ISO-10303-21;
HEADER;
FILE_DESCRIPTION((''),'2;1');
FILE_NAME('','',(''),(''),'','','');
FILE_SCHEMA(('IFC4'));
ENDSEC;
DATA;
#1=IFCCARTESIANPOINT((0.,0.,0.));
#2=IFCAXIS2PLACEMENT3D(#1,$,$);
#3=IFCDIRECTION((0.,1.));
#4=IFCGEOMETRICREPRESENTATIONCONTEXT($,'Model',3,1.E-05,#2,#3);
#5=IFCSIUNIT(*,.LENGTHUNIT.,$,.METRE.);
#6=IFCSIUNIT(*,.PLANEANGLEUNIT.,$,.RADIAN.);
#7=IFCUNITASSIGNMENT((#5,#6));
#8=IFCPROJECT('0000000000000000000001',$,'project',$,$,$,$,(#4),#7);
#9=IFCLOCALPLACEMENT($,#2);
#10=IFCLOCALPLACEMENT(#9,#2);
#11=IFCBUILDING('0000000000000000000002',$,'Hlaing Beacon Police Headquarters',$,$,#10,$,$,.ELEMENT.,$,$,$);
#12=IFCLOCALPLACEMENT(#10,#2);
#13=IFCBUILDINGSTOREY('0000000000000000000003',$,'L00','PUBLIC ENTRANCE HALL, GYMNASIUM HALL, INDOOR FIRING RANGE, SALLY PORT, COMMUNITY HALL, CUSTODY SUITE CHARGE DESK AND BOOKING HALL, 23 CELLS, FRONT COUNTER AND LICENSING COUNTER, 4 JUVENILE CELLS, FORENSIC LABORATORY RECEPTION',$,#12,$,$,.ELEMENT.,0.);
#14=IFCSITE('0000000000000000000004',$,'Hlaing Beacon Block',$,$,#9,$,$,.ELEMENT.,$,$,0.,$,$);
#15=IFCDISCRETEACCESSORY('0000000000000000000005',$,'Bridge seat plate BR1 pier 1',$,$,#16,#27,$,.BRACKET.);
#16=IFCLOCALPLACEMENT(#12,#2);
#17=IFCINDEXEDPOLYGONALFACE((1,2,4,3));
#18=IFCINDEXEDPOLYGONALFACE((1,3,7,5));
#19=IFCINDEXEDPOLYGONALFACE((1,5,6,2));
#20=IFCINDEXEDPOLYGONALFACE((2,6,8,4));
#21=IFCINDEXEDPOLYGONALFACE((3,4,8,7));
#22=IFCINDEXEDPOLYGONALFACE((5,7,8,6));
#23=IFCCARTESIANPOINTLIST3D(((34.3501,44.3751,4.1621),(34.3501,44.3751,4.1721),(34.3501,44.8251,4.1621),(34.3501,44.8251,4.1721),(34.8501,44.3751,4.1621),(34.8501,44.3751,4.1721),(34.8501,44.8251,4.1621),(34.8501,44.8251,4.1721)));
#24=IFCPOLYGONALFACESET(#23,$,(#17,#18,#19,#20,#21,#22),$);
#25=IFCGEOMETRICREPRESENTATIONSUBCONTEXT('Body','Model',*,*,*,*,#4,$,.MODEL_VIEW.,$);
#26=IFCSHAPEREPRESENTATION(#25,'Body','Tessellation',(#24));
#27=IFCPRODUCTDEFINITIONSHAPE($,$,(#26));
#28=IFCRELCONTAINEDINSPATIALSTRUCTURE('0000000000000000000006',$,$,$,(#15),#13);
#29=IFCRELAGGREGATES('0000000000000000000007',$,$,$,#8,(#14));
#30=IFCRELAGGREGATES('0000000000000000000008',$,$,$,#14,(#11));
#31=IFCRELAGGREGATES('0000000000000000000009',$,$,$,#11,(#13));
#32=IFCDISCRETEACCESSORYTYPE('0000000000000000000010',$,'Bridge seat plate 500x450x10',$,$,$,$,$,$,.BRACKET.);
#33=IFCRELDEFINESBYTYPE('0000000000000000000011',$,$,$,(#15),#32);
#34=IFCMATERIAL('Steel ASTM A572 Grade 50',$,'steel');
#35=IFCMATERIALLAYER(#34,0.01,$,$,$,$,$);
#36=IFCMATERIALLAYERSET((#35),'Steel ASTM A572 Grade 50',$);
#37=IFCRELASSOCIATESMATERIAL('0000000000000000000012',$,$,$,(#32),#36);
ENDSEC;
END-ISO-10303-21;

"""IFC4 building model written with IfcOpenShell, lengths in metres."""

from ifc_helpers import new_model, si_unit, direction, frame, origin, origin_2d, place, context, subcontext, project, spatial, rectangle, extrude, material, layer, layer_set, type_object, element, save


model = new_model("IFC4")

# Units and contexts
model_context = context("Model", 3, precision=1e-05, world=origin(), true_north=direction((0.0, 1.0)))
body_context = subcontext(model_context, "Body", "Model", "MODEL_VIEW")
ifc_project = project(units=[si_unit("LENGTHUNIT", "METRE"), si_unit("PLANEANGLEUNIT", "RADIAN")], contexts=[model_context])

# Site, building, storey
site_placement = place(None, origin())
site = spatial("IfcSite", under=ifc_project, at=site_placement, Name="Hlaing Beacon Block", CompositionType="ELEMENT", RefElevation=0.0)
building_placement = place(site_placement, origin())
building = spatial("IfcBuilding", under=site, at=building_placement, Name="Hlaing Beacon Police Headquarters", CompositionType="ELEMENT")
storey_placement = place(building_placement, origin())
storey = spatial("IfcBuildingStorey", under=building, at=storey_placement, Name="L00", Description="PUBLIC ENTRANCE HALL, GYMNASIUM HALL, INDOOR FIRING RANGE, SALLY PORT, COMMUNITY HALL, CUSTODY SUITE CHARGE DESK AND BOOKING HALL, 23 CELLS, FRONT COUNTER AND LICENSING COUNTER, 4 JUVENILE CELLS, FORENSIC LABORATORY RECEPTION", CompositionType="ELEMENT", Elevation=0.0)

# Discrete accessory
ifc_material_1 = material(Name="Steel ASTM A572 Grade 50", Category="steel")
ifc_layer_1 = layer(ifc_material_1, 0.01)
ifc_layer_set_1 = layer_set([ifc_layer_1], Name="Steel ASTM A572 Grade 50")
discrete_accessory_type_1 = type_object("IfcDiscreteAccessoryType", Name="Bridge seat plate 500x450x10", PredefinedType="BRACKET", material=ifc_layer_set_1)
discrete_accessory_1_placement = place(storey_placement, frame((34.6001, 44.6001, 4.1621), z_axis=(0.0, 0.0, 1.0), x_axis=(1.0, 0.0, 0.0)))
element("IfcDiscreteAccessory", 1, at=discrete_accessory_1_placement, inside=storey, type_object=discrete_accessory_type_1, Name="Bridge seat plate BR1 pier 1", PredefinedType="BRACKET", context=body_context, shape_type="SweptSolid", body=[
    extrude(rectangle(XDim=0.5, YDim=0.45, at=origin_2d()), origin(), (0.0, 0.0, 1.0), 0.01),
])

save(model, "model.ifc")
